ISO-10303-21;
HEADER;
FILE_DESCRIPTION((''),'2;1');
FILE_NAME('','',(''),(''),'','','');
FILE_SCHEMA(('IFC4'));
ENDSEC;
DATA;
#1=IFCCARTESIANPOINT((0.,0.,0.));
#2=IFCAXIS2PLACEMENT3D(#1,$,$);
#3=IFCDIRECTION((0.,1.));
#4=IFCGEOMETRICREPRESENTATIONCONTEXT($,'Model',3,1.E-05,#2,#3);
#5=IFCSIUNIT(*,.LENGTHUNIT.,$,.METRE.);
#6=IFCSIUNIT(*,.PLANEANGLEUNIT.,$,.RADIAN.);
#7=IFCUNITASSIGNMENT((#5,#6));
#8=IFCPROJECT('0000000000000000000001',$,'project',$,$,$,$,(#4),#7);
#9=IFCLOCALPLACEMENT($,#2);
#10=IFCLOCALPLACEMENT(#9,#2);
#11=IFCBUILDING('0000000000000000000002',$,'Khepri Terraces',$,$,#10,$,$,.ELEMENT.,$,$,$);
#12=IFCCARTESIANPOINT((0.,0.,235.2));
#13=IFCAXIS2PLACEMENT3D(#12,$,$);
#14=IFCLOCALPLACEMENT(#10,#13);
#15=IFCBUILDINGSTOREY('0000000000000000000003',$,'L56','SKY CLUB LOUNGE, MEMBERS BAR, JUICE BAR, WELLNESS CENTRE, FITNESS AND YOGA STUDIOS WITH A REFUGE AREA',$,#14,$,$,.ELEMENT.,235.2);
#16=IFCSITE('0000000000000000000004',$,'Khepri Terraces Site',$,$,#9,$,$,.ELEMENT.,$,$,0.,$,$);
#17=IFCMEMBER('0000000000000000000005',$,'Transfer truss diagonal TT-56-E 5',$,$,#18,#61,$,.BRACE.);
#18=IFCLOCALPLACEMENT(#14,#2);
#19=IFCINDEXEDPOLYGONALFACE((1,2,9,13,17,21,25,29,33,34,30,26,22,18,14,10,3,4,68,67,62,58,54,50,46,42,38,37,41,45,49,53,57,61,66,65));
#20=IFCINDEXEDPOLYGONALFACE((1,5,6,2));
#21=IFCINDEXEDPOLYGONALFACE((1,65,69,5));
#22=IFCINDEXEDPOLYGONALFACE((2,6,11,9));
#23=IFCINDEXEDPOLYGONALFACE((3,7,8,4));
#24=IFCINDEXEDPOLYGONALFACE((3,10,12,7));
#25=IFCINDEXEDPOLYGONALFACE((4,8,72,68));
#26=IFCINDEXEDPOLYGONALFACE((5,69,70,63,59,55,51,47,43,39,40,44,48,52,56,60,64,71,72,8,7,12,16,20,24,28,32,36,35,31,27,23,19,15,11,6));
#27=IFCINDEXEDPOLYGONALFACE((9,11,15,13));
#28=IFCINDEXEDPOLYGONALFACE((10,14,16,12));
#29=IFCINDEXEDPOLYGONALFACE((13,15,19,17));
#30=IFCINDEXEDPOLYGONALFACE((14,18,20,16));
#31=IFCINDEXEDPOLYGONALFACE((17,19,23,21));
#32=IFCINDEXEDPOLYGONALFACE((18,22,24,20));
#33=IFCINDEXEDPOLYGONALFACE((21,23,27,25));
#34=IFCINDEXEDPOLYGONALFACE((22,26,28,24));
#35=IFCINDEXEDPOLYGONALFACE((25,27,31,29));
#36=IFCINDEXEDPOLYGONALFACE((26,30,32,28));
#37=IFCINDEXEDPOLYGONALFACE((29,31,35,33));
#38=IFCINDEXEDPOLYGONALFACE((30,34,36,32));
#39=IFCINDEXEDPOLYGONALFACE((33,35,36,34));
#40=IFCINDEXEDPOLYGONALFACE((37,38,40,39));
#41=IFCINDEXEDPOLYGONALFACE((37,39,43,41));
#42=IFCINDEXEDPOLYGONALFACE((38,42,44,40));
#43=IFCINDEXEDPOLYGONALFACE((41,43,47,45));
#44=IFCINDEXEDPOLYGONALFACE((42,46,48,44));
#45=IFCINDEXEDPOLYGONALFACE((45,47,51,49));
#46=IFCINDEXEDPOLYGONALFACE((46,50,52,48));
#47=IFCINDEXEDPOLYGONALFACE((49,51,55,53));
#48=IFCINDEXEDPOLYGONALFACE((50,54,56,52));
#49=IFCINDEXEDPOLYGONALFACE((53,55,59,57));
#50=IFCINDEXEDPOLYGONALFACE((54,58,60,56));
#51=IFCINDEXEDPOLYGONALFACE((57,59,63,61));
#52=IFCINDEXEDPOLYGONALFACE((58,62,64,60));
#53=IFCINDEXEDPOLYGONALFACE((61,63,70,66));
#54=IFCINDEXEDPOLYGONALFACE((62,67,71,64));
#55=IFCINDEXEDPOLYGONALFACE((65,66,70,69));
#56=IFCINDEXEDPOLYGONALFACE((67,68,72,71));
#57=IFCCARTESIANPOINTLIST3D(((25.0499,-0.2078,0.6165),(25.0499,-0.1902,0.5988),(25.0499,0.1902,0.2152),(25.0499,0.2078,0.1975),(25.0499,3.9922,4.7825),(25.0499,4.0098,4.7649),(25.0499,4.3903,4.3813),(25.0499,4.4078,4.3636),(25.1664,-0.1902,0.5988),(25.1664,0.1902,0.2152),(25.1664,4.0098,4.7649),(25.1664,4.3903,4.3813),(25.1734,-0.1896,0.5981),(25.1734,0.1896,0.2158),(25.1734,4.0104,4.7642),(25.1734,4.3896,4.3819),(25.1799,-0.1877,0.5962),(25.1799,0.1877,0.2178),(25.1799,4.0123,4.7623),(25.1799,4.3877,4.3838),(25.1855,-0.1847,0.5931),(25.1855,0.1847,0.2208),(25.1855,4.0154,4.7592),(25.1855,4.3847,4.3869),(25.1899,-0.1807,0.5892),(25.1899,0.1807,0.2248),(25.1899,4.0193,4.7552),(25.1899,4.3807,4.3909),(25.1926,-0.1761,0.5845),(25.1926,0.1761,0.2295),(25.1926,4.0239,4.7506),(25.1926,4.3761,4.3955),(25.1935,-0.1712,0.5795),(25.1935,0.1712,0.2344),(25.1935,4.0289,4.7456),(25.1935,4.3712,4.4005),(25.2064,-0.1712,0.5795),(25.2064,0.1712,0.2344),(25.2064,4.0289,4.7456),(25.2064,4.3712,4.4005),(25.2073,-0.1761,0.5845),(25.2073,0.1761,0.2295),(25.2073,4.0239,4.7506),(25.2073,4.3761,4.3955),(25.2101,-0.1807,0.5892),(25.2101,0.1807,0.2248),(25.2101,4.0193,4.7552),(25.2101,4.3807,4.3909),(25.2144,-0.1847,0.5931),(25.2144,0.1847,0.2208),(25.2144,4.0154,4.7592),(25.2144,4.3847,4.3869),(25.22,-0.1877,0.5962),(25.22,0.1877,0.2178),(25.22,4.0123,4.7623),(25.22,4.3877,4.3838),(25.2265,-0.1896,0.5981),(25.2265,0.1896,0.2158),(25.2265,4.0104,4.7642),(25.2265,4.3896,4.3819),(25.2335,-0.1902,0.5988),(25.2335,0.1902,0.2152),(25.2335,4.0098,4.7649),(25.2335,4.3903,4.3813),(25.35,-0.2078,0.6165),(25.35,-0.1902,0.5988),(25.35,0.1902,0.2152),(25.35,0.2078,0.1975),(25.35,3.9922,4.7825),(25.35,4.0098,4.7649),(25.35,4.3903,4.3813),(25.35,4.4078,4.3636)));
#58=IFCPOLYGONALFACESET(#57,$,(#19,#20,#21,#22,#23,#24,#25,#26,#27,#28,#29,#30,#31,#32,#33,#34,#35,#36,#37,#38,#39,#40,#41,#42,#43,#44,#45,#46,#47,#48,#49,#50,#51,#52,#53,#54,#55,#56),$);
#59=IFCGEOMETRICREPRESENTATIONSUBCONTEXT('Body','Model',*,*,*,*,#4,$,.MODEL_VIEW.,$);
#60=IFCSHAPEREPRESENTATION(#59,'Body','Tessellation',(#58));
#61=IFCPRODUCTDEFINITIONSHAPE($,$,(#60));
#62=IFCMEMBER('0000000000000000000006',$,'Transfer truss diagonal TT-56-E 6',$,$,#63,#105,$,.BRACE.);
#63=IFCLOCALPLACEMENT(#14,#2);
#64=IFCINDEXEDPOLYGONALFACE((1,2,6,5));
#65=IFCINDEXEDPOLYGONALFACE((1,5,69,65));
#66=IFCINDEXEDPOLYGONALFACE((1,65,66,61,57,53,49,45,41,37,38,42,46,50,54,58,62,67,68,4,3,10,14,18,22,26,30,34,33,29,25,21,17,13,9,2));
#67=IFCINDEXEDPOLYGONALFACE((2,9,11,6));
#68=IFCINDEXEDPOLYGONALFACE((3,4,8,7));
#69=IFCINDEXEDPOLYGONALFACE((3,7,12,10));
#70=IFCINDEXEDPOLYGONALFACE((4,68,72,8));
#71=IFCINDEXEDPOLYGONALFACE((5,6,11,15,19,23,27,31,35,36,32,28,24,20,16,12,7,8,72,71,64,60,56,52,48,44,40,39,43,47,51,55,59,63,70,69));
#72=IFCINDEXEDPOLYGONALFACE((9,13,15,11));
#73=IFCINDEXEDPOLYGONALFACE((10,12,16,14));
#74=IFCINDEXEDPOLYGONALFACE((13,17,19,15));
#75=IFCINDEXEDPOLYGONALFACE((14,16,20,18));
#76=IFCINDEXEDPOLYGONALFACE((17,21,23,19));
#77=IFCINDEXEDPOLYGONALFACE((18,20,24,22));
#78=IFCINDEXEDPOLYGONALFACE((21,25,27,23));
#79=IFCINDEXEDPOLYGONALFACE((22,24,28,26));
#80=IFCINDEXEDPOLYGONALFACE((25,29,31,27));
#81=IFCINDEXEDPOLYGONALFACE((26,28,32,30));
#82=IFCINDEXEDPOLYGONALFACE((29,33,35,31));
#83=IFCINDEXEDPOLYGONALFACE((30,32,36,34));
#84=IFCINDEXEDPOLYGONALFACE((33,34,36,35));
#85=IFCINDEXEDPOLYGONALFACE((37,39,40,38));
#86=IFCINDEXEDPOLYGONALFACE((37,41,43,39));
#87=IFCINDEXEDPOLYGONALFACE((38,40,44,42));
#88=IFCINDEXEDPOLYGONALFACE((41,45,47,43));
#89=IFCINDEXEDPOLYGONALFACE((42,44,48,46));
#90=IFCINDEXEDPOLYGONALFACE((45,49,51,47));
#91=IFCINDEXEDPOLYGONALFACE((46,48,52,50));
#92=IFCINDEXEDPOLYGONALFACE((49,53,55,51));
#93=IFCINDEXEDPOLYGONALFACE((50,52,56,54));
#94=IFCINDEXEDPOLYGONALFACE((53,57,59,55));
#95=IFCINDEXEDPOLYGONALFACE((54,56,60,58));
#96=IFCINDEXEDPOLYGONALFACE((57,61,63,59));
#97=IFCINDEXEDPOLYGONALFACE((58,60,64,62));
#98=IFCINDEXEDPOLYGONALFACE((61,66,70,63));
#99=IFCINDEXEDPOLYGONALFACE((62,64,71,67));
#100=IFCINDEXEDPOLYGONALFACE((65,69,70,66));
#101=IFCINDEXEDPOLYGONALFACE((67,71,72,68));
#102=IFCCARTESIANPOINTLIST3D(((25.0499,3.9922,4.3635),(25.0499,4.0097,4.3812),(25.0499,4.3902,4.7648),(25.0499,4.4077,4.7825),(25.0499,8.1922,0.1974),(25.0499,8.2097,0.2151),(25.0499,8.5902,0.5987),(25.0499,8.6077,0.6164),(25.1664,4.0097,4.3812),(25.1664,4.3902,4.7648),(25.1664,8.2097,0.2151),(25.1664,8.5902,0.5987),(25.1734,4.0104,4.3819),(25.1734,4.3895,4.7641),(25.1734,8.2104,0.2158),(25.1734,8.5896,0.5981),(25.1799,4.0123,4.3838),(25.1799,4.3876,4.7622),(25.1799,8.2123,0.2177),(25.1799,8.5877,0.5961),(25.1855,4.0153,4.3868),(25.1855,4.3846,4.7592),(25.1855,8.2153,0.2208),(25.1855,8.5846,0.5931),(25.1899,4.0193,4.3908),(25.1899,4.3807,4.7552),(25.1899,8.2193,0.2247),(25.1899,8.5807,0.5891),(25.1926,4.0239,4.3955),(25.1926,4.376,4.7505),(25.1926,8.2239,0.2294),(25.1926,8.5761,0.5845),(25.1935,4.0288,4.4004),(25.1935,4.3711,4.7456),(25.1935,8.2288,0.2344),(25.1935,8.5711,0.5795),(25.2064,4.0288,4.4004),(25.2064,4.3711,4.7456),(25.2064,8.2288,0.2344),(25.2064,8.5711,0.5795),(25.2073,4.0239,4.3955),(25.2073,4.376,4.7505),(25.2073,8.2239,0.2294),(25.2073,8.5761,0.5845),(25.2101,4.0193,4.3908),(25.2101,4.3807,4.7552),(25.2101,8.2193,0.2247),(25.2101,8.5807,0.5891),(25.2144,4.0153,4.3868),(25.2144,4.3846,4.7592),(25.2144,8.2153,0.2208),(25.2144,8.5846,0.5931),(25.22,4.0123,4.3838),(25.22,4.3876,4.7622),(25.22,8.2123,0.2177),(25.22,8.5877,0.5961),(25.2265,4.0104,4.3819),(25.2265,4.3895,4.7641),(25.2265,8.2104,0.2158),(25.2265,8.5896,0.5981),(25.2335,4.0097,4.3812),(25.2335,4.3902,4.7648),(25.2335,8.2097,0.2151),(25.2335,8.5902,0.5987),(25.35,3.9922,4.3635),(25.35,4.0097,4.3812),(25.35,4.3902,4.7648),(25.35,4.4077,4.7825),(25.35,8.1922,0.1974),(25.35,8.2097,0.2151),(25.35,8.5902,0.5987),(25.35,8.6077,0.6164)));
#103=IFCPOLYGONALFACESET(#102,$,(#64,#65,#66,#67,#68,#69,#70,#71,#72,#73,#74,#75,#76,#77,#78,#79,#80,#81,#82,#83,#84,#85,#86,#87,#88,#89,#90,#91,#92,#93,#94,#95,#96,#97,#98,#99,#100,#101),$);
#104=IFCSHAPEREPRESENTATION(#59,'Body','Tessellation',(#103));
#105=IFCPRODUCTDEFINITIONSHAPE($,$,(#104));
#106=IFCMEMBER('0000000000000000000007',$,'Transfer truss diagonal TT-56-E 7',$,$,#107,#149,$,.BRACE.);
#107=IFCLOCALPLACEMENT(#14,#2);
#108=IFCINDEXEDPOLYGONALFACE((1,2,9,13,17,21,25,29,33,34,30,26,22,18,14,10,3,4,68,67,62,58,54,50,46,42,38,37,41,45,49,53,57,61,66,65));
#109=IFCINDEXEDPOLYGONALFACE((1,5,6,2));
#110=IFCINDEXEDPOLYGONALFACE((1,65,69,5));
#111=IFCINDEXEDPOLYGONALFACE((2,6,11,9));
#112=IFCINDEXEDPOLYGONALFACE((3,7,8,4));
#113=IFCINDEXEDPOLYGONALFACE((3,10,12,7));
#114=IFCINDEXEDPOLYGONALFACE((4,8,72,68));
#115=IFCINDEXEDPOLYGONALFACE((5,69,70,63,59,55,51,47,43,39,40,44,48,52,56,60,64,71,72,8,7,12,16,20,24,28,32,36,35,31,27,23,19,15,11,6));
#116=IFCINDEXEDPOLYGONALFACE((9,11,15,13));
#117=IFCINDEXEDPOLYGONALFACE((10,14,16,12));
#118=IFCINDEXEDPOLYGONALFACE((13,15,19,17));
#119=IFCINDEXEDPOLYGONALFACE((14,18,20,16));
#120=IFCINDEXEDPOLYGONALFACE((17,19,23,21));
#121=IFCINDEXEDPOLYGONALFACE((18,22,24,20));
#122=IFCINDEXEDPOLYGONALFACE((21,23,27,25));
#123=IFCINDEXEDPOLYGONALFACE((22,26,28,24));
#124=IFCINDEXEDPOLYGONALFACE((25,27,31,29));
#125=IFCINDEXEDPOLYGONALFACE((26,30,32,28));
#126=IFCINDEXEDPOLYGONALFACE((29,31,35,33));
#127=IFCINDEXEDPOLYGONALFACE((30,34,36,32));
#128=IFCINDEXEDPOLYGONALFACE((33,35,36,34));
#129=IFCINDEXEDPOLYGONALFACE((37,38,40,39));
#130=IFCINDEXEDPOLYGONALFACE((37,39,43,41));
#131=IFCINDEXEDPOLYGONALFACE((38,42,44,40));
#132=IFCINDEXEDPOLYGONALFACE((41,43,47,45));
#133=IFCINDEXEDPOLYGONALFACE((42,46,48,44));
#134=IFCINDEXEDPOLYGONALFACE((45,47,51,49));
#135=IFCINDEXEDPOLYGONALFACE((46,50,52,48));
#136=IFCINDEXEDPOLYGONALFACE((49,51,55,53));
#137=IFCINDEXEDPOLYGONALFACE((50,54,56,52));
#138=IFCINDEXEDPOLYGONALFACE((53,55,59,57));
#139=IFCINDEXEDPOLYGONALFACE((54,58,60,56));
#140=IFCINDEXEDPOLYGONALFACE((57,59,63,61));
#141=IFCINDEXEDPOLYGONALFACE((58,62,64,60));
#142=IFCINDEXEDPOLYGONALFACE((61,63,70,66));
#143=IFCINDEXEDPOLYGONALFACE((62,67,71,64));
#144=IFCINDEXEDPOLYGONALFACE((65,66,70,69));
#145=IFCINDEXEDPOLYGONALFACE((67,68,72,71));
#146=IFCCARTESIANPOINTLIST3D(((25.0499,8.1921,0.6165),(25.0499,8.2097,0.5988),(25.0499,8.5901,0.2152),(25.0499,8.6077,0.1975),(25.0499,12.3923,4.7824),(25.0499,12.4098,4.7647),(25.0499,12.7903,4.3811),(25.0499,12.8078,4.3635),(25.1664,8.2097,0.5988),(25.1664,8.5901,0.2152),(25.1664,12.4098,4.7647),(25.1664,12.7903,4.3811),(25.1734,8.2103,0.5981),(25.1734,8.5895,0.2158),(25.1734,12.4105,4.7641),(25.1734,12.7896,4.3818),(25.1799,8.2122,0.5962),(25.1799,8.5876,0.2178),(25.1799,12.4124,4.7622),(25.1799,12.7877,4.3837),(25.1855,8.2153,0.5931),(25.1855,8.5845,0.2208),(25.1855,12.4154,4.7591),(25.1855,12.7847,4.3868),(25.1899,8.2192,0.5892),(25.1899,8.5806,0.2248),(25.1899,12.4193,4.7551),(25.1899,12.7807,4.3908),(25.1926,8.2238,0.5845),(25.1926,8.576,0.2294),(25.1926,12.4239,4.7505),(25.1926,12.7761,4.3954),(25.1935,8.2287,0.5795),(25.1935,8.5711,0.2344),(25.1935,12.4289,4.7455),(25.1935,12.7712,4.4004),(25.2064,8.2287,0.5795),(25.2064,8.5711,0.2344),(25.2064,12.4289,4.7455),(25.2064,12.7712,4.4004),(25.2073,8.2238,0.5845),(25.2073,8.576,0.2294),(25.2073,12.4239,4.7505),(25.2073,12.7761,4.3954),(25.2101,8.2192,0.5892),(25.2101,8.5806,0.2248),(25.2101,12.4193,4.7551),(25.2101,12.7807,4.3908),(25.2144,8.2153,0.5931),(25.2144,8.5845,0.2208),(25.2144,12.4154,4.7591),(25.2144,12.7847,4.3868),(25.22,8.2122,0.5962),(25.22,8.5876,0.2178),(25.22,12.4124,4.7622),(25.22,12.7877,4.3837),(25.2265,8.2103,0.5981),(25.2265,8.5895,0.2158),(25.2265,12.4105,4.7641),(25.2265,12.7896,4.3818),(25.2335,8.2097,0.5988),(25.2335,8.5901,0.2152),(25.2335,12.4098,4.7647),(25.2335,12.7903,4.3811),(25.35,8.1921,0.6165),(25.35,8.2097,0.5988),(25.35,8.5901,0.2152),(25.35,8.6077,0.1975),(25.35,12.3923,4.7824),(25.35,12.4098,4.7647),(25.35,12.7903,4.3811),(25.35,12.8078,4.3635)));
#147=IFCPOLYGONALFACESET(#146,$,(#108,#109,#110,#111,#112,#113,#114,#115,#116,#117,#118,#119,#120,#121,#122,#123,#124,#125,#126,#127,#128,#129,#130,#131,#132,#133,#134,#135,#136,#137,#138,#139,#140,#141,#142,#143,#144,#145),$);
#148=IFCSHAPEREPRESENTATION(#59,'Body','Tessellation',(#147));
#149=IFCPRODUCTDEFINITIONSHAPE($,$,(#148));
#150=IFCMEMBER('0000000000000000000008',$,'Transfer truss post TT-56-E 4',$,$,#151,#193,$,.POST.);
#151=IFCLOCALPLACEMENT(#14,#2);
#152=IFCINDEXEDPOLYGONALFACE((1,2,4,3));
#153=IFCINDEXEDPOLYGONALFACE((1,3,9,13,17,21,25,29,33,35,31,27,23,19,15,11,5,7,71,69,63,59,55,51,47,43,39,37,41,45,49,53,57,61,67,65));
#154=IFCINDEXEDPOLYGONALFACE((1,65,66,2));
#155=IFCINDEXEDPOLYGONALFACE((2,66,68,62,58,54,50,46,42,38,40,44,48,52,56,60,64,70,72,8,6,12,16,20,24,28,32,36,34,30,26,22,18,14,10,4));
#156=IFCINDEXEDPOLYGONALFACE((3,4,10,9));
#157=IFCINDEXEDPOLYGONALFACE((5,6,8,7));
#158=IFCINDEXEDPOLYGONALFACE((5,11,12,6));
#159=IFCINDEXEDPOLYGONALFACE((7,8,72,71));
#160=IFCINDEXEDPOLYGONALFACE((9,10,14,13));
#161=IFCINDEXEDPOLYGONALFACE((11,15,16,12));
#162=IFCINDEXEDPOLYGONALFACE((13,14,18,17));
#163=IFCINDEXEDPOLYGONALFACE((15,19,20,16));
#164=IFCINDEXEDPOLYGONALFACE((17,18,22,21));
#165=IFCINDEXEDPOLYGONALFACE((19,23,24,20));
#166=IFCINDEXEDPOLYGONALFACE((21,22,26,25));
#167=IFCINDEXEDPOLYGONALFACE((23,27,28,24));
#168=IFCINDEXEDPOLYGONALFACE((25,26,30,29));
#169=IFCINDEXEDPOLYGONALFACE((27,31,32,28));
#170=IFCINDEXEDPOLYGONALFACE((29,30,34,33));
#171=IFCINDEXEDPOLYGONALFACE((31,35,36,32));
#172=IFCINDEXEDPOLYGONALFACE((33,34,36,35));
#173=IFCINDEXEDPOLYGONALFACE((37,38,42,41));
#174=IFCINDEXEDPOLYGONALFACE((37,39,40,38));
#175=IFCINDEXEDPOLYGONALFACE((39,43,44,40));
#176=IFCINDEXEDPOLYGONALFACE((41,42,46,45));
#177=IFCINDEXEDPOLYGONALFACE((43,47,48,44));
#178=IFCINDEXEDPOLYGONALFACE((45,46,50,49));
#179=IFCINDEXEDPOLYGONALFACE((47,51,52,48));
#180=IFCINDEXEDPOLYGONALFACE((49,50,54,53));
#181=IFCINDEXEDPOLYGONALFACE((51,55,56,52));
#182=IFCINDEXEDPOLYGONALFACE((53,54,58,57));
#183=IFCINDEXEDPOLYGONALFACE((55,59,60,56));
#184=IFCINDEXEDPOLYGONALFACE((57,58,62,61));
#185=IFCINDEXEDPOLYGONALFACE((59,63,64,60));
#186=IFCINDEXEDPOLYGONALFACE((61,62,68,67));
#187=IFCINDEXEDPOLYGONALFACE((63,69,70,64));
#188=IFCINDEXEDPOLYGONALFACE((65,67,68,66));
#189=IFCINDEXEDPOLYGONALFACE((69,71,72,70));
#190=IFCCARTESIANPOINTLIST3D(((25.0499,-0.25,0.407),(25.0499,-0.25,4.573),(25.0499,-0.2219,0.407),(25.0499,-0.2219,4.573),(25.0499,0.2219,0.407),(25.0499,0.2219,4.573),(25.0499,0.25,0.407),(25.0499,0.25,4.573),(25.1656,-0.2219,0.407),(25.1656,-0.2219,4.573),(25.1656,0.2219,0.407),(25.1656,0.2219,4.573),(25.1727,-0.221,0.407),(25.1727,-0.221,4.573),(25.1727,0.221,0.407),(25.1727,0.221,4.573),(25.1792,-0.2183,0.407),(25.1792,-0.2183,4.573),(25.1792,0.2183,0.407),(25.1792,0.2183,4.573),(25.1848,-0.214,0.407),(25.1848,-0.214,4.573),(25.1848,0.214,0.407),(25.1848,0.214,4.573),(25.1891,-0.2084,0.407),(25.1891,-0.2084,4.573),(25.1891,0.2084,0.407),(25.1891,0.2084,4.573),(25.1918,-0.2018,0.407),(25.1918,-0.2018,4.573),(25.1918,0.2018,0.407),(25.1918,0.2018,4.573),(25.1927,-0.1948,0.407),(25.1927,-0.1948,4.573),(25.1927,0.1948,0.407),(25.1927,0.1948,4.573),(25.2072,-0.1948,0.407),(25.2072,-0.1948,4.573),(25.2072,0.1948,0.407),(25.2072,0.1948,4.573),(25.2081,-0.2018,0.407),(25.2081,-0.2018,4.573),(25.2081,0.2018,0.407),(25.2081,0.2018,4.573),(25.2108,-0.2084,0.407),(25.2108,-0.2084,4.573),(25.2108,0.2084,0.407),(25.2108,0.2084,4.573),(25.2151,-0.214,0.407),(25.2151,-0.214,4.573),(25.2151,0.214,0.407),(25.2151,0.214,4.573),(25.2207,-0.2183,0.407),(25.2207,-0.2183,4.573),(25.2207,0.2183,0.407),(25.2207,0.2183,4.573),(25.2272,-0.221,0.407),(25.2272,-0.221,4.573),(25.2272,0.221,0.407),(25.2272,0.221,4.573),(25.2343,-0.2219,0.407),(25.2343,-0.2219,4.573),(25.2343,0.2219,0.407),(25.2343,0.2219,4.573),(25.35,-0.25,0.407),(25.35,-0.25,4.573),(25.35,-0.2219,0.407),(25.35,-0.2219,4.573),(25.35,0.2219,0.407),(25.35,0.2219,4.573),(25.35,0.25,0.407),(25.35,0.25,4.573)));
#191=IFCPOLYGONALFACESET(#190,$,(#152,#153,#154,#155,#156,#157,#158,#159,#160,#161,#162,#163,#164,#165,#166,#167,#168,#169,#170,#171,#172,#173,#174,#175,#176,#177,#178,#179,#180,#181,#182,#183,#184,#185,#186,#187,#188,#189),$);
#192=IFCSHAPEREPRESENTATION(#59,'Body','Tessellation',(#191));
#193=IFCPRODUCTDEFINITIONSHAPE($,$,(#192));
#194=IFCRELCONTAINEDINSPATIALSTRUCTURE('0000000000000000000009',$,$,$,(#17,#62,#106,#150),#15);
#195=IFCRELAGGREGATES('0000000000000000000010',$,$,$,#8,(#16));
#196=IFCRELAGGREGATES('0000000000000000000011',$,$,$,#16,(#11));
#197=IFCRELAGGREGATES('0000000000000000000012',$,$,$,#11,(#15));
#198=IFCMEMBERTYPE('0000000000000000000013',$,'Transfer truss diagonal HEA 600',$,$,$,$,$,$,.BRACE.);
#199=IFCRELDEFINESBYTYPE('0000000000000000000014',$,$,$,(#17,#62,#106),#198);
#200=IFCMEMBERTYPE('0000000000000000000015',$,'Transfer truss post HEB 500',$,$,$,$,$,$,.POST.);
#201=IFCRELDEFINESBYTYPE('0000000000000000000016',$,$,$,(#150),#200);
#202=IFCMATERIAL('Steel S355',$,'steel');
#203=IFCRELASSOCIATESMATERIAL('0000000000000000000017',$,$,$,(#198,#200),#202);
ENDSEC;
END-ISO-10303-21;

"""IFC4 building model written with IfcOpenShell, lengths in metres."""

from ifc_helpers import new_model, si_unit, direction, frame, origin, origin_2d, place, context, subcontext, project, spatial, i_section, extrude, material, material_profile, profile_set, type_object, element, save


model = new_model("IFC4")

# Units and contexts
model_context = context("Model", 3, precision=1e-05, world=origin(), true_north=direction((0.0, 1.0)))
body_context = subcontext(model_context, "Body", "Model", "MODEL_VIEW")
ifc_project = project(units=[si_unit("LENGTHUNIT", "METRE"), si_unit("PLANEANGLEUNIT", "RADIAN")], contexts=[model_context])

# Site, building, storey
site_placement = place(None, origin())
site = spatial("IfcSite", under=ifc_project, at=site_placement, Name="Khepri Terraces Site", CompositionType="ELEMENT", RefElevation=0.0)
building_placement = place(site_placement, origin())
building = spatial("IfcBuilding", under=site, at=building_placement, Name="Khepri Terraces", CompositionType="ELEMENT")
storey_placement = place(building_placement, frame((0.0, 0.0, 235.2)))
storey = spatial("IfcBuildingStorey", under=building, at=storey_placement, Name="L56", Description="SKY CLUB LOUNGE, MEMBERS BAR, JUICE BAR, WELLNESS CENTRE, FITNESS AND YOGA STUDIOS WITH A REFUGE AREA", CompositionType="ELEMENT", Elevation=235.2)

# Members
ifc_material_1 = material(Name="Steel S355", Category="steel")
ifc_material_profile_1 = material_profile(ifc_material_1, i_section(OverallWidth=0.3, OverallDepth=0.5901, WebThickness=0.0129, FlangeThickness=0.0249, FilletRadius=0.0271, at=origin_2d()), Name="Steel S355", Category="steel")
ifc_profile_set_1 = profile_set([ifc_material_profile_1], Name="Steel S355")
member_type_1 = type_object("IfcMemberType", Name="Transfer truss diagonal HEA 600", PredefinedType="BRACE", material=ifc_profile_set_1)
for number, where, z_axis, x_axis, name in (
    (1, (25.2, 0.0, 0.407), (0.0, 0.709969, 0.704233), (-1.0, 0.0, 0.0), "Transfer truss diagonal TT-56-E 5"),
    (2, (25.2, 4.2, 4.573), (0.0, 0.709969, -0.704233), (-1.0, 0.0, 0.0), "Transfer truss diagonal TT-56-E 6"),
    (3, (25.2, 8.3999, 0.407), (0.0, 0.70999, 0.704212), (-1.0, 0.0, 0.0), "Transfer truss diagonal TT-56-E 7"),
):
    element("IfcMember", number, at=place(storey_placement, frame(where, z_axis=z_axis, x_axis=x_axis)), inside=storey, type_object=member_type_1, Name=name, PredefinedType="BRACE", context=body_context, shape_type="SweptSolid", body=[
        extrude(i_section(OverallWidth=0.3, OverallDepth=0.5901, WebThickness=0.0129, FlangeThickness=0.0249, FilletRadius=0.0271, at=origin_2d()), origin(), (0.0, 0.0, 1.0), 5.9158),
    ])
ifc_material_profile_2 = material_profile(ifc_material_1, i_section(OverallWidth=0.3, OverallDepth=0.5, WebThickness=0.0144, FlangeThickness=0.0281, FilletRadius=0.0271, at=origin_2d()), Name="Steel S355", Category="steel")
ifc_profile_set_2 = profile_set([ifc_material_profile_2], Name="Steel S355")
member_type_2 = type_object("IfcMemberType", Name="Transfer truss post HEB 500", PredefinedType="POST", material=ifc_profile_set_2)
for number, where, z_axis, x_axis, name in (
    (4, (25.2, 0.0, 0.407), (0.0, 0.0, 1.0), (1.0, 0.0, 0.0), "Transfer truss post TT-56-E 4"),
):
    element("IfcMember", number, at=place(storey_placement, frame(where, z_axis=z_axis, x_axis=x_axis)), inside=storey, type_object=member_type_2, Name=name, PredefinedType="POST", context=body_context, shape_type="SweptSolid", body=[
        extrude(i_section(OverallWidth=0.3, OverallDepth=0.5, WebThickness=0.0144, FlangeThickness=0.0281, FilletRadius=0.0271, at=origin_2d()), origin(), (0.0, 0.0, 1.0), 4.166),
    ])

save(model, "model.ifc")
